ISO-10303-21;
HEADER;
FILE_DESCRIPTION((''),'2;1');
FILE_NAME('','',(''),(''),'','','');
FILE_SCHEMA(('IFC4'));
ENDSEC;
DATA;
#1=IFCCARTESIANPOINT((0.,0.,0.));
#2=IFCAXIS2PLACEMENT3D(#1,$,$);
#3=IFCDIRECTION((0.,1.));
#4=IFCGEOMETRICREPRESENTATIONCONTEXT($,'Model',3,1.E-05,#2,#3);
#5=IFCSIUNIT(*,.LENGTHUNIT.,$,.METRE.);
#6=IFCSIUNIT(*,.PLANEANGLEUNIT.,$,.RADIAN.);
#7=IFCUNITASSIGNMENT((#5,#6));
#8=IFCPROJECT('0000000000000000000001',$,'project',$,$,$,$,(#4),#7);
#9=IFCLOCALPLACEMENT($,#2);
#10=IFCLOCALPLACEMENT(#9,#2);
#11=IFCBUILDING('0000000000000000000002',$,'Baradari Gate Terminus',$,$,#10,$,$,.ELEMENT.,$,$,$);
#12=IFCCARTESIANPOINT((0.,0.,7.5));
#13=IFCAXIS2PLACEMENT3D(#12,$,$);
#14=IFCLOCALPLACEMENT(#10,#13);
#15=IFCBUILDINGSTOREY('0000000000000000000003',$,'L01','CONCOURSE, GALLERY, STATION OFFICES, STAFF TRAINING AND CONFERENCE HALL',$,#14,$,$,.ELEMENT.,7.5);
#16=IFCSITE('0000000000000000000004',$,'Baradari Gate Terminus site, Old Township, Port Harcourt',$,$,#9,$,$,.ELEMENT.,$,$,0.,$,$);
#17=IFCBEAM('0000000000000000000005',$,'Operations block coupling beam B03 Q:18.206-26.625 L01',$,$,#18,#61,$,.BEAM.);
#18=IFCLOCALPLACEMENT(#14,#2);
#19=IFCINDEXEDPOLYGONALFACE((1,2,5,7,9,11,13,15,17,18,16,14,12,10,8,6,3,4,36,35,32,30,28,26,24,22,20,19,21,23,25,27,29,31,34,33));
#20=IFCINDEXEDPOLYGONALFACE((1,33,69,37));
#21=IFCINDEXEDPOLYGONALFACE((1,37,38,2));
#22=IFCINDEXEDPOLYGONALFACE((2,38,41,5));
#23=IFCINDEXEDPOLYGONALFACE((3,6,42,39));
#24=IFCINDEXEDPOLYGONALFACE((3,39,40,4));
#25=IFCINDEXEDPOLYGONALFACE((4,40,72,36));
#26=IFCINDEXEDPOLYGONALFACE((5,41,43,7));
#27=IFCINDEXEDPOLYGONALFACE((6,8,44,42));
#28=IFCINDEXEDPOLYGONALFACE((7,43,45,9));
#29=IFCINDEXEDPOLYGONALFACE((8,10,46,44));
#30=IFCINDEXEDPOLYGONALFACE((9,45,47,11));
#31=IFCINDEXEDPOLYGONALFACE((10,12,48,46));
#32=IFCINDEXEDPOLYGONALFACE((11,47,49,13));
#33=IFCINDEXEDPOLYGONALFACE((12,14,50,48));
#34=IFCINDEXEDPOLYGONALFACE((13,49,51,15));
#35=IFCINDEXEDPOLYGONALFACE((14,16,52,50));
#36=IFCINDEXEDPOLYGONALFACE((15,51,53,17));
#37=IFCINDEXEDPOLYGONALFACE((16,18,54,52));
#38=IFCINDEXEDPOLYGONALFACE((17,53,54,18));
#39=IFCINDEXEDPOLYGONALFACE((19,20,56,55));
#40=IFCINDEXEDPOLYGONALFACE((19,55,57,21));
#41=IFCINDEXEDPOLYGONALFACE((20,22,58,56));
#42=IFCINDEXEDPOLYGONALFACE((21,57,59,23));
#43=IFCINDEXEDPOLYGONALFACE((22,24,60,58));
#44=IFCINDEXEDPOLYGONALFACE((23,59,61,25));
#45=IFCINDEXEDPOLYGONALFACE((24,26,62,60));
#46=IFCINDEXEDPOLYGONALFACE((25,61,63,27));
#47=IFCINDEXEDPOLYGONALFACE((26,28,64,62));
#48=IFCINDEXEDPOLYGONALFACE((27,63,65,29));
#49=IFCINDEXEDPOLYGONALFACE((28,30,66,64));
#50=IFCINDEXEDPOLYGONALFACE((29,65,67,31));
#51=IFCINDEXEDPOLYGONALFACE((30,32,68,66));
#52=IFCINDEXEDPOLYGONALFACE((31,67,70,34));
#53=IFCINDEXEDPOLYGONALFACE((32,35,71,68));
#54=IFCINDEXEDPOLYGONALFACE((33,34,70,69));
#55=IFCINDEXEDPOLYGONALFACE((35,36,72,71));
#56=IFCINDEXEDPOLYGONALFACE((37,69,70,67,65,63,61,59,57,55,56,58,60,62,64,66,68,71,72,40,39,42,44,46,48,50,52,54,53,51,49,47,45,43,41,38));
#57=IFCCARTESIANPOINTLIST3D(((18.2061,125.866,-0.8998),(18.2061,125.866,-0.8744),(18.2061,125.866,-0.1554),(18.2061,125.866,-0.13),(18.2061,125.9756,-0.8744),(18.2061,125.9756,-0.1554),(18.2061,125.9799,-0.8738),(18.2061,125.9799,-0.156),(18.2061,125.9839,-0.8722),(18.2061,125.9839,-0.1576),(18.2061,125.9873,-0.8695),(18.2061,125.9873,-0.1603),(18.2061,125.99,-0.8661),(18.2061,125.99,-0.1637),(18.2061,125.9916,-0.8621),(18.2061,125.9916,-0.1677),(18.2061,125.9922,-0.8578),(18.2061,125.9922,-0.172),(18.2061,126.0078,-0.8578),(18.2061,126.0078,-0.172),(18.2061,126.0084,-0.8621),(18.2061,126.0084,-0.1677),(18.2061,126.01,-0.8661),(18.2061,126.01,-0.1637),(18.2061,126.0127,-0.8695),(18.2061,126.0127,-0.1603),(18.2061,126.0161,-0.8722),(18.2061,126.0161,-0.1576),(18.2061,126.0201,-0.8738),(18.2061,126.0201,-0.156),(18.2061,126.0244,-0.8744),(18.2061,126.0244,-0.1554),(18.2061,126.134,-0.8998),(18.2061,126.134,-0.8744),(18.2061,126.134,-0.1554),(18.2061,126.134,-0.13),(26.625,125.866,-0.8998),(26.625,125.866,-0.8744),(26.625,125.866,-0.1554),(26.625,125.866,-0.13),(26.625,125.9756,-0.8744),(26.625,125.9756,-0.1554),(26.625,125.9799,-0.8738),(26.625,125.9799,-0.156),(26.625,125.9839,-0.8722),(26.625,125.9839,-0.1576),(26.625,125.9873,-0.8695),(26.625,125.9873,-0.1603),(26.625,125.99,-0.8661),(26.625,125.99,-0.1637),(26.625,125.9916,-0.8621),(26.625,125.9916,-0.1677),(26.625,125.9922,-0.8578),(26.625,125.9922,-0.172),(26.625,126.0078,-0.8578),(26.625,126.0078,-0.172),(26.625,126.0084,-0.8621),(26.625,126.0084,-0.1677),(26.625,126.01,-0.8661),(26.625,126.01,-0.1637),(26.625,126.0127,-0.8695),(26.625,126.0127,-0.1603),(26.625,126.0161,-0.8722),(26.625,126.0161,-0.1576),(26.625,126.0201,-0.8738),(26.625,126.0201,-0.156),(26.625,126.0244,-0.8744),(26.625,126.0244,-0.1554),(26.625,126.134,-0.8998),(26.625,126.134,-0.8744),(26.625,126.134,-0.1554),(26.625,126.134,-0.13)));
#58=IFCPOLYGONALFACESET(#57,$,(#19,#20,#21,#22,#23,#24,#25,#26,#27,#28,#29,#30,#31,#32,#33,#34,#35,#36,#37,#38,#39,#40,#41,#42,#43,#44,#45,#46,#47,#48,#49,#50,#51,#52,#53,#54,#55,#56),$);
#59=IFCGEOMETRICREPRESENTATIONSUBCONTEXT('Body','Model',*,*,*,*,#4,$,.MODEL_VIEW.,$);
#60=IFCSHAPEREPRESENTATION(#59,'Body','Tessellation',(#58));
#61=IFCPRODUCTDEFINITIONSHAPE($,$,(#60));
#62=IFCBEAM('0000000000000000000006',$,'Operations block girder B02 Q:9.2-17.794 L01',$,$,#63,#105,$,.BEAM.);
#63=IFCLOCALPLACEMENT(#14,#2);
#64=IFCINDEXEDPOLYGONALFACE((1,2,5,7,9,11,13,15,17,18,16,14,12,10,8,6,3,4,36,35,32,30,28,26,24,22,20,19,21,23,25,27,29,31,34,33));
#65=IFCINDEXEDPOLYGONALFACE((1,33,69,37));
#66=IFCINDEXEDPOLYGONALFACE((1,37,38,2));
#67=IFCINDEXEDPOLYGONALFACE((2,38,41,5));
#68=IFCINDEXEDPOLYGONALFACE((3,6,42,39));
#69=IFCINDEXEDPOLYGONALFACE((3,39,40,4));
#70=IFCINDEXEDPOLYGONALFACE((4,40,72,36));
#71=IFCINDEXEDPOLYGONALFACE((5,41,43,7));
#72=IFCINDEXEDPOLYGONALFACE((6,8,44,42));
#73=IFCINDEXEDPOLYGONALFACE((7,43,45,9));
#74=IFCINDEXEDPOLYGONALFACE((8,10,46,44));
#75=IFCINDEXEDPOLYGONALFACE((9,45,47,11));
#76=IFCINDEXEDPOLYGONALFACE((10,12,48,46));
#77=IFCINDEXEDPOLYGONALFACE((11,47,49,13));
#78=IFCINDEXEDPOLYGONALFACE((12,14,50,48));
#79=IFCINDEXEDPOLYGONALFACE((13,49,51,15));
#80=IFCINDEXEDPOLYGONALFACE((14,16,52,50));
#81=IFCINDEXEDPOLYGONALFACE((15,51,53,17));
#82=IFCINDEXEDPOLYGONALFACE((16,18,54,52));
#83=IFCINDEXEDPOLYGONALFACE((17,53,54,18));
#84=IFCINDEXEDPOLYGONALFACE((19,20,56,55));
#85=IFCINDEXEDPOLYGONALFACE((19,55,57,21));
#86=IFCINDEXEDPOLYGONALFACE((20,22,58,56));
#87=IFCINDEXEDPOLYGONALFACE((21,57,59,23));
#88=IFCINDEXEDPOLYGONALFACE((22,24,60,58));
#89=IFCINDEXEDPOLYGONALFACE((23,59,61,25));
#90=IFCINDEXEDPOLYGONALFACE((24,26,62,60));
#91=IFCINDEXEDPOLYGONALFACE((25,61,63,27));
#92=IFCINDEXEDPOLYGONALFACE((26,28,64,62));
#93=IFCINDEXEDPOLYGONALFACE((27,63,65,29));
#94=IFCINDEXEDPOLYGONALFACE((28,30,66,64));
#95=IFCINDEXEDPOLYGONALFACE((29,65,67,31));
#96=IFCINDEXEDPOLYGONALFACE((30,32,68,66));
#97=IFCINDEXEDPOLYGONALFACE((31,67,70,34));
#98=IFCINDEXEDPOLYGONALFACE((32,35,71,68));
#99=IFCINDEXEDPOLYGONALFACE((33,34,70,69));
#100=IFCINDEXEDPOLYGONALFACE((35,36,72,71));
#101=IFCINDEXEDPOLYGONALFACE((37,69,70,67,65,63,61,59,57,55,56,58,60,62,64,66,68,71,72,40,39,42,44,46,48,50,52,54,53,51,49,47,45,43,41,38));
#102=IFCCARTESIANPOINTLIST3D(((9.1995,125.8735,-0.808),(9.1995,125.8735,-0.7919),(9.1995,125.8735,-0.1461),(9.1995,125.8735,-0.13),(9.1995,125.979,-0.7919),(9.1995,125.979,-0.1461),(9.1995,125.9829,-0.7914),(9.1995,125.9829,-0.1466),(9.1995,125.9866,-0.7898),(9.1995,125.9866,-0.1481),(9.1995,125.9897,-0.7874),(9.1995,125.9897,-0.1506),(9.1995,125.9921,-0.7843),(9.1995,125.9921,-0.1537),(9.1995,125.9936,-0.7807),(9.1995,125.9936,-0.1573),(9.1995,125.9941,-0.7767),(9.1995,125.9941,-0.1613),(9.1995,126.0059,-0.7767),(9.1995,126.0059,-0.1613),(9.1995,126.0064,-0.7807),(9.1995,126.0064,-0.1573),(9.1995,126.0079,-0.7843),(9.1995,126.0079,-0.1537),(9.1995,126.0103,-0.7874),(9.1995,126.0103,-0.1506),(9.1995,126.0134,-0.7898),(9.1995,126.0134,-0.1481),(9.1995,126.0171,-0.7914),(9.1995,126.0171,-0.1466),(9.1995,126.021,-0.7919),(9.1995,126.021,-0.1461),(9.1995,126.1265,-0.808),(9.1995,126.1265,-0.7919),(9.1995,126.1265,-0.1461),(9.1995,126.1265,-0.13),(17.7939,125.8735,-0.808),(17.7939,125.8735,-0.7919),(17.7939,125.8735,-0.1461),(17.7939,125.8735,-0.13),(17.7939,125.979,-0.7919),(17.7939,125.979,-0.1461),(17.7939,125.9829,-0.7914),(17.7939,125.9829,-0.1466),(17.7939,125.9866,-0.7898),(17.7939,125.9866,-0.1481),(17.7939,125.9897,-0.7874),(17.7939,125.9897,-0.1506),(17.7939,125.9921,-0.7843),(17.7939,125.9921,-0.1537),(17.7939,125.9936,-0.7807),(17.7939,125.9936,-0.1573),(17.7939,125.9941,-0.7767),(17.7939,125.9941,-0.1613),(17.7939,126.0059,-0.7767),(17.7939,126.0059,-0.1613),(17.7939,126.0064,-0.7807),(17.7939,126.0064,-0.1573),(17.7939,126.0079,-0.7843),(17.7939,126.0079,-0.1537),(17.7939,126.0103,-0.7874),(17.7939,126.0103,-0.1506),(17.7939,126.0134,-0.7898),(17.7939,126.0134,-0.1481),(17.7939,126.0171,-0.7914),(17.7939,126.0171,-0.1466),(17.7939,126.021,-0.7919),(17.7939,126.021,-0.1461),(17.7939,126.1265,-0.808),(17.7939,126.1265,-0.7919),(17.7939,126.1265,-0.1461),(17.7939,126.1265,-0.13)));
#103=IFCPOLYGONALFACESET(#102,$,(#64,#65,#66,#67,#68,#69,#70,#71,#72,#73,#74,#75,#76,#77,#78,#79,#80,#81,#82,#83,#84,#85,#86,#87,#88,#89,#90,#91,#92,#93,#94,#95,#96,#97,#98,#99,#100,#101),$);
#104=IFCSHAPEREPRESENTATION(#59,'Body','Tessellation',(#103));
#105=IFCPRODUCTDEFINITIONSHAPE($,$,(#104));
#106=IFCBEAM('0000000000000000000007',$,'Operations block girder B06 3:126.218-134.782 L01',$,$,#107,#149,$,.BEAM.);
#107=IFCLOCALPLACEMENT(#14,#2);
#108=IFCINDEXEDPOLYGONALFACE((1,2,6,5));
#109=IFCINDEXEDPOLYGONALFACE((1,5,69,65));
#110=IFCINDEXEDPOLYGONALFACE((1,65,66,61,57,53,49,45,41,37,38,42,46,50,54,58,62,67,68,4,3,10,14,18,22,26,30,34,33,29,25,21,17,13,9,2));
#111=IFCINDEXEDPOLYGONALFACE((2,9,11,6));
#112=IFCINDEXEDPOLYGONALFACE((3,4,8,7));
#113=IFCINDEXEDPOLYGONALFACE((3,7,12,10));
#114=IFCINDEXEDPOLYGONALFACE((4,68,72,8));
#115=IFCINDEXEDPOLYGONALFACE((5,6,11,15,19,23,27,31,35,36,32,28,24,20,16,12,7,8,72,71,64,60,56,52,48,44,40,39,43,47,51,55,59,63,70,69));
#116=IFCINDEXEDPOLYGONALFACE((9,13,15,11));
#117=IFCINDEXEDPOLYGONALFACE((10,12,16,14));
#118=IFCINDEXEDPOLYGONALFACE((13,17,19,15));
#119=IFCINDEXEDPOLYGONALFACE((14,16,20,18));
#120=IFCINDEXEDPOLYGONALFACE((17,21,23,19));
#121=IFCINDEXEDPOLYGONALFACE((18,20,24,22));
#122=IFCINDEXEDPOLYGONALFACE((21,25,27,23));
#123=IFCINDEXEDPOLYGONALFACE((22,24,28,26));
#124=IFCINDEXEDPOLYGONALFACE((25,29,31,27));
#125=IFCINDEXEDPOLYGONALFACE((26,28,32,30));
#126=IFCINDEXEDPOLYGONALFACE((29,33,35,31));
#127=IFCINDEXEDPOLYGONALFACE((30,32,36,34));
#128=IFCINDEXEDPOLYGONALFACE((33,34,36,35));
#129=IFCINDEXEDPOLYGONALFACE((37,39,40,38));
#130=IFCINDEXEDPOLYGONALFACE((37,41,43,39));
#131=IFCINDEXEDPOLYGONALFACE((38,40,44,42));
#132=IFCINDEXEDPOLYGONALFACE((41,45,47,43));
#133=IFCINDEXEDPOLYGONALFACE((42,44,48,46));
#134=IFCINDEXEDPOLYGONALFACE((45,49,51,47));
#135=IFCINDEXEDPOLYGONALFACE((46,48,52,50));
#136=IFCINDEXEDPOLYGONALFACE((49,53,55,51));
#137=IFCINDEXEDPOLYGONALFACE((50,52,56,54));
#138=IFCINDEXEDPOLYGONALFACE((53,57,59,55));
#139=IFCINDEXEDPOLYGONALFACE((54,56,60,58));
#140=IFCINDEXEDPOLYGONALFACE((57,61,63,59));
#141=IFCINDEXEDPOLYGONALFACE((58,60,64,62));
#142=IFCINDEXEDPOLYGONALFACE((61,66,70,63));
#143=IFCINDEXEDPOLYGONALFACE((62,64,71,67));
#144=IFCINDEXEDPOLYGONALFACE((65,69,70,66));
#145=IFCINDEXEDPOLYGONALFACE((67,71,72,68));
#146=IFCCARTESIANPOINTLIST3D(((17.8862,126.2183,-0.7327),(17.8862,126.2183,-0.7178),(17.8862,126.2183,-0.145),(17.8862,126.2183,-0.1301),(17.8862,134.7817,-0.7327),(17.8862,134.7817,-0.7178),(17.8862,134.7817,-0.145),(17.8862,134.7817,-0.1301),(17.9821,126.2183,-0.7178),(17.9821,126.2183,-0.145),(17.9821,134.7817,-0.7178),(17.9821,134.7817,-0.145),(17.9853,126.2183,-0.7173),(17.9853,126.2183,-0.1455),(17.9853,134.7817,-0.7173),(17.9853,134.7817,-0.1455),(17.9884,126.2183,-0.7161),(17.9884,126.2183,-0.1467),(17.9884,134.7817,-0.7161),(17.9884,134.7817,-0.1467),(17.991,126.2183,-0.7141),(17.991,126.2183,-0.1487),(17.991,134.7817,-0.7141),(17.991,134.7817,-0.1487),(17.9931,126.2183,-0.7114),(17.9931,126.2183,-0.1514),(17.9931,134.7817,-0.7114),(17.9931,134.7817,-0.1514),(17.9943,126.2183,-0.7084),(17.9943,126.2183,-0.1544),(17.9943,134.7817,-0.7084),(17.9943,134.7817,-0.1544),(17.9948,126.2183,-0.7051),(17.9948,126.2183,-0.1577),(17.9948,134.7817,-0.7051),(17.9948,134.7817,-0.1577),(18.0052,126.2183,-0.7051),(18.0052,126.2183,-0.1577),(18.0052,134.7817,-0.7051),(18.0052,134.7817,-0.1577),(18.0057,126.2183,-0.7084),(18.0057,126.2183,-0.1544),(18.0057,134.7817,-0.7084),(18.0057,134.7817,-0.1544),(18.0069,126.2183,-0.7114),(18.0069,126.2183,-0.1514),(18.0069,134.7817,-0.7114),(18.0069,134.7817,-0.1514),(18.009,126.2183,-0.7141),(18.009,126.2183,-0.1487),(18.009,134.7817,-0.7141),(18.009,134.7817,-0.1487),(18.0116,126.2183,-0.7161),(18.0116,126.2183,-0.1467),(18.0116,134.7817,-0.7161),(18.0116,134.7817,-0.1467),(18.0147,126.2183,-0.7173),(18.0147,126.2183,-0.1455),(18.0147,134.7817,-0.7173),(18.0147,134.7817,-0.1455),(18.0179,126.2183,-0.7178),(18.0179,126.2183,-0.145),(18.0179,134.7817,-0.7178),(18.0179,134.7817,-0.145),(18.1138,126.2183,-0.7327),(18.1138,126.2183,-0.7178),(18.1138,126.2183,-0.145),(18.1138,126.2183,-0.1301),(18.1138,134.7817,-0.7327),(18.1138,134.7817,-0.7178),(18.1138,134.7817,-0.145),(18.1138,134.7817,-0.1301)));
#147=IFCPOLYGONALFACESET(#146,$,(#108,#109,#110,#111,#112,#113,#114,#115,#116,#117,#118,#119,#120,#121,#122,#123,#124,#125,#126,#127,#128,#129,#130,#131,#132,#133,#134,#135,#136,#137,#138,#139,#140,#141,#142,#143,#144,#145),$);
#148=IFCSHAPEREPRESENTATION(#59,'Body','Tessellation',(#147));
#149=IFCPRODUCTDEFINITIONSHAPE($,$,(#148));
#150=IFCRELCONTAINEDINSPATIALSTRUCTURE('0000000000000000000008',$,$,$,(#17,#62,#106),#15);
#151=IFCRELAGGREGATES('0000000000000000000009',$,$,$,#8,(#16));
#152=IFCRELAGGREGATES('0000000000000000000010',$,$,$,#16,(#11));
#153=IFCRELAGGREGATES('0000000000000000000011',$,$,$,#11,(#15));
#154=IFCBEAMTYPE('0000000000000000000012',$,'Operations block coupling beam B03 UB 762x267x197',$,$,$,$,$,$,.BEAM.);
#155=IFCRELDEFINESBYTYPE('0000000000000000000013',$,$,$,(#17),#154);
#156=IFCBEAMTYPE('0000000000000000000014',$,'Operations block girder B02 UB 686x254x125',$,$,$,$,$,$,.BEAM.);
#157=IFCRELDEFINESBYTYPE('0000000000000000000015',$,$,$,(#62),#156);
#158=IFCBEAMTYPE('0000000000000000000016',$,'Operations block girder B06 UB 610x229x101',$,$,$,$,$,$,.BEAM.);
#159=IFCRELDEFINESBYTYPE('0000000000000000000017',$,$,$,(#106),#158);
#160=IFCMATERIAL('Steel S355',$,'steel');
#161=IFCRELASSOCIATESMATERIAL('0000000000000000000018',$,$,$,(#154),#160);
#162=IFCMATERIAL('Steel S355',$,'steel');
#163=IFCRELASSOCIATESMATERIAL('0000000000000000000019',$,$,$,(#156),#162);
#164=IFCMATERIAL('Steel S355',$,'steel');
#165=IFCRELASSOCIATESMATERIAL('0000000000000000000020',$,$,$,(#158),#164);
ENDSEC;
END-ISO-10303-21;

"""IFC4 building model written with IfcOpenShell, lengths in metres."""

from ifc_helpers import new_model, si_unit, direction, frame, origin, origin_2d, place, context, subcontext, project, spatial, i_section, extrude, material, material_profile, profile_set, type_object, element, save


model = new_model("IFC4")

# Units and contexts
model_context = context("Model", 3, precision=1e-05, world=origin(), true_north=direction((0.0, 1.0)))
body_context = subcontext(model_context, "Body", "Model", "MODEL_VIEW")
ifc_project = project(units=[si_unit("LENGTHUNIT", "METRE"), si_unit("PLANEANGLEUNIT", "RADIAN")], contexts=[model_context])

# Site, building, storey
site_placement = place(None, origin())
site = spatial("IfcSite", under=ifc_project, at=site_placement, Name="Baradari Gate Terminus site, Old Township, Port Harcourt", CompositionType="ELEMENT", RefElevation=0.0)
building_placement = place(site_placement, origin())
building = spatial("IfcBuilding", under=site, at=building_placement, Name="Baradari Gate Terminus", CompositionType="ELEMENT")
storey_placement = place(building_placement, frame((0.0, 0.0, 7.5)))
storey = spatial("IfcBuildingStorey", under=building, at=storey_placement, Name="L01", Description="CONCOURSE, GALLERY, STATION OFFICES, STAFF TRAINING AND CONFERENCE HALL", CompositionType="ELEMENT", Elevation=7.5)

# Beams
ifc_material_1 = material(Name="Steel S355", Category="steel")
ifc_material_profile_1 = material_profile(ifc_material_1, i_section(OverallWidth=0.2681, OverallDepth=0.7698, WebThickness=0.0156, FlangeThickness=0.0254, FilletRadius=0.0166, at=origin_2d()), Name="UB 762x267x197")
ifc_profile_set_1 = profile_set([ifc_material_profile_1], Name="Steel S355")
beam_type_1 = type_object("IfcBeamType", Name="Operations block coupling beam B03 UB 762x267x197", PredefinedType="BEAM", material=ifc_profile_set_1)
beam_1_placement = place(storey_placement, frame((18.2061, 126.0, -0.5149), z_axis=(1.0, 0.0, 0.0), x_axis=(0.0, 1.0, 0.0)))
element("IfcBeam", 1, at=beam_1_placement, inside=storey, type_object=beam_type_1, Name="Operations block coupling beam B03 Q:18.206-26.625 L01", PredefinedType="BEAM", context=body_context, shape_type="SweptSolid", body=[
    extrude(i_section(OverallWidth=0.2681, OverallDepth=0.7698, WebThickness=0.0156, FlangeThickness=0.0254, FilletRadius=0.0166, at=origin_2d()), origin(), (0.0, 0.0, 1.0), 8.4189),
])
ifc_material_2 = material(Name="Steel S355", Category="steel")
ifc_material_profile_2 = material_profile(ifc_material_2, i_section(OverallWidth=0.2529, OverallDepth=0.678, WebThickness=0.0117, FlangeThickness=0.0161, FilletRadius=0.0151, at=origin_2d()), Name="UB 686x254x125")
ifc_profile_set_2 = profile_set([ifc_material_profile_2], Name="Steel S355")
beam_type_2 = type_object("IfcBeamType", Name="Operations block girder B02 UB 686x254x125", PredefinedType="BEAM", material=ifc_profile_set_2)
beam_2_placement = place(storey_placement, frame((9.1995, 126.0, -0.469), z_axis=(1.0, 0.0, 0.0), x_axis=(0.0, 1.0, 0.0)))
element("IfcBeam", 2, at=beam_2_placement, inside=storey, type_object=beam_type_2, Name="Operations block girder B02 Q:9.2-17.794 L01", PredefinedType="BEAM", context=body_context, shape_type="SweptSolid", body=[
    extrude(i_section(OverallWidth=0.2529, OverallDepth=0.678, WebThickness=0.0117, FlangeThickness=0.0161, FilletRadius=0.0151, at=origin_2d()), origin(), (0.0, 0.0, 1.0), 8.5945),
])
ifc_material_3 = material(Name="Steel S355", Category="steel")
ifc_material_profile_3 = material_profile(ifc_material_3, i_section(OverallWidth=0.2275, OverallDepth=0.6025, WebThickness=0.0105, FlangeThickness=0.0149, FilletRadius=0.0127, at=origin_2d()), Name="UB 610x229x101")
ifc_profile_set_3 = profile_set([ifc_material_profile_3], Name="Steel S355")
beam_type_3 = type_object("IfcBeamType", Name="Operations block girder B06 UB 610x229x101", PredefinedType="BEAM", material=ifc_profile_set_3)
beam_3_placement = place(storey_placement, frame((18.0, 126.2183, -0.4314), z_axis=(0.0, 1.0, 0.0), x_axis=(-1.0, 0.0, 0.0)))
element("IfcBeam", 3, at=beam_3_placement, inside=storey, type_object=beam_type_3, Name="Operations block girder B06 3:126.218-134.782 L01", PredefinedType="BEAM", context=body_context, shape_type="SweptSolid", body=[
    extrude(i_section(OverallWidth=0.2275, OverallDepth=0.6025, WebThickness=0.0105, FlangeThickness=0.0149, FilletRadius=0.0127, at=origin_2d()), origin(), (0.0, 0.0, 1.0), 8.5635),
])

save(model, "model.ifc")
